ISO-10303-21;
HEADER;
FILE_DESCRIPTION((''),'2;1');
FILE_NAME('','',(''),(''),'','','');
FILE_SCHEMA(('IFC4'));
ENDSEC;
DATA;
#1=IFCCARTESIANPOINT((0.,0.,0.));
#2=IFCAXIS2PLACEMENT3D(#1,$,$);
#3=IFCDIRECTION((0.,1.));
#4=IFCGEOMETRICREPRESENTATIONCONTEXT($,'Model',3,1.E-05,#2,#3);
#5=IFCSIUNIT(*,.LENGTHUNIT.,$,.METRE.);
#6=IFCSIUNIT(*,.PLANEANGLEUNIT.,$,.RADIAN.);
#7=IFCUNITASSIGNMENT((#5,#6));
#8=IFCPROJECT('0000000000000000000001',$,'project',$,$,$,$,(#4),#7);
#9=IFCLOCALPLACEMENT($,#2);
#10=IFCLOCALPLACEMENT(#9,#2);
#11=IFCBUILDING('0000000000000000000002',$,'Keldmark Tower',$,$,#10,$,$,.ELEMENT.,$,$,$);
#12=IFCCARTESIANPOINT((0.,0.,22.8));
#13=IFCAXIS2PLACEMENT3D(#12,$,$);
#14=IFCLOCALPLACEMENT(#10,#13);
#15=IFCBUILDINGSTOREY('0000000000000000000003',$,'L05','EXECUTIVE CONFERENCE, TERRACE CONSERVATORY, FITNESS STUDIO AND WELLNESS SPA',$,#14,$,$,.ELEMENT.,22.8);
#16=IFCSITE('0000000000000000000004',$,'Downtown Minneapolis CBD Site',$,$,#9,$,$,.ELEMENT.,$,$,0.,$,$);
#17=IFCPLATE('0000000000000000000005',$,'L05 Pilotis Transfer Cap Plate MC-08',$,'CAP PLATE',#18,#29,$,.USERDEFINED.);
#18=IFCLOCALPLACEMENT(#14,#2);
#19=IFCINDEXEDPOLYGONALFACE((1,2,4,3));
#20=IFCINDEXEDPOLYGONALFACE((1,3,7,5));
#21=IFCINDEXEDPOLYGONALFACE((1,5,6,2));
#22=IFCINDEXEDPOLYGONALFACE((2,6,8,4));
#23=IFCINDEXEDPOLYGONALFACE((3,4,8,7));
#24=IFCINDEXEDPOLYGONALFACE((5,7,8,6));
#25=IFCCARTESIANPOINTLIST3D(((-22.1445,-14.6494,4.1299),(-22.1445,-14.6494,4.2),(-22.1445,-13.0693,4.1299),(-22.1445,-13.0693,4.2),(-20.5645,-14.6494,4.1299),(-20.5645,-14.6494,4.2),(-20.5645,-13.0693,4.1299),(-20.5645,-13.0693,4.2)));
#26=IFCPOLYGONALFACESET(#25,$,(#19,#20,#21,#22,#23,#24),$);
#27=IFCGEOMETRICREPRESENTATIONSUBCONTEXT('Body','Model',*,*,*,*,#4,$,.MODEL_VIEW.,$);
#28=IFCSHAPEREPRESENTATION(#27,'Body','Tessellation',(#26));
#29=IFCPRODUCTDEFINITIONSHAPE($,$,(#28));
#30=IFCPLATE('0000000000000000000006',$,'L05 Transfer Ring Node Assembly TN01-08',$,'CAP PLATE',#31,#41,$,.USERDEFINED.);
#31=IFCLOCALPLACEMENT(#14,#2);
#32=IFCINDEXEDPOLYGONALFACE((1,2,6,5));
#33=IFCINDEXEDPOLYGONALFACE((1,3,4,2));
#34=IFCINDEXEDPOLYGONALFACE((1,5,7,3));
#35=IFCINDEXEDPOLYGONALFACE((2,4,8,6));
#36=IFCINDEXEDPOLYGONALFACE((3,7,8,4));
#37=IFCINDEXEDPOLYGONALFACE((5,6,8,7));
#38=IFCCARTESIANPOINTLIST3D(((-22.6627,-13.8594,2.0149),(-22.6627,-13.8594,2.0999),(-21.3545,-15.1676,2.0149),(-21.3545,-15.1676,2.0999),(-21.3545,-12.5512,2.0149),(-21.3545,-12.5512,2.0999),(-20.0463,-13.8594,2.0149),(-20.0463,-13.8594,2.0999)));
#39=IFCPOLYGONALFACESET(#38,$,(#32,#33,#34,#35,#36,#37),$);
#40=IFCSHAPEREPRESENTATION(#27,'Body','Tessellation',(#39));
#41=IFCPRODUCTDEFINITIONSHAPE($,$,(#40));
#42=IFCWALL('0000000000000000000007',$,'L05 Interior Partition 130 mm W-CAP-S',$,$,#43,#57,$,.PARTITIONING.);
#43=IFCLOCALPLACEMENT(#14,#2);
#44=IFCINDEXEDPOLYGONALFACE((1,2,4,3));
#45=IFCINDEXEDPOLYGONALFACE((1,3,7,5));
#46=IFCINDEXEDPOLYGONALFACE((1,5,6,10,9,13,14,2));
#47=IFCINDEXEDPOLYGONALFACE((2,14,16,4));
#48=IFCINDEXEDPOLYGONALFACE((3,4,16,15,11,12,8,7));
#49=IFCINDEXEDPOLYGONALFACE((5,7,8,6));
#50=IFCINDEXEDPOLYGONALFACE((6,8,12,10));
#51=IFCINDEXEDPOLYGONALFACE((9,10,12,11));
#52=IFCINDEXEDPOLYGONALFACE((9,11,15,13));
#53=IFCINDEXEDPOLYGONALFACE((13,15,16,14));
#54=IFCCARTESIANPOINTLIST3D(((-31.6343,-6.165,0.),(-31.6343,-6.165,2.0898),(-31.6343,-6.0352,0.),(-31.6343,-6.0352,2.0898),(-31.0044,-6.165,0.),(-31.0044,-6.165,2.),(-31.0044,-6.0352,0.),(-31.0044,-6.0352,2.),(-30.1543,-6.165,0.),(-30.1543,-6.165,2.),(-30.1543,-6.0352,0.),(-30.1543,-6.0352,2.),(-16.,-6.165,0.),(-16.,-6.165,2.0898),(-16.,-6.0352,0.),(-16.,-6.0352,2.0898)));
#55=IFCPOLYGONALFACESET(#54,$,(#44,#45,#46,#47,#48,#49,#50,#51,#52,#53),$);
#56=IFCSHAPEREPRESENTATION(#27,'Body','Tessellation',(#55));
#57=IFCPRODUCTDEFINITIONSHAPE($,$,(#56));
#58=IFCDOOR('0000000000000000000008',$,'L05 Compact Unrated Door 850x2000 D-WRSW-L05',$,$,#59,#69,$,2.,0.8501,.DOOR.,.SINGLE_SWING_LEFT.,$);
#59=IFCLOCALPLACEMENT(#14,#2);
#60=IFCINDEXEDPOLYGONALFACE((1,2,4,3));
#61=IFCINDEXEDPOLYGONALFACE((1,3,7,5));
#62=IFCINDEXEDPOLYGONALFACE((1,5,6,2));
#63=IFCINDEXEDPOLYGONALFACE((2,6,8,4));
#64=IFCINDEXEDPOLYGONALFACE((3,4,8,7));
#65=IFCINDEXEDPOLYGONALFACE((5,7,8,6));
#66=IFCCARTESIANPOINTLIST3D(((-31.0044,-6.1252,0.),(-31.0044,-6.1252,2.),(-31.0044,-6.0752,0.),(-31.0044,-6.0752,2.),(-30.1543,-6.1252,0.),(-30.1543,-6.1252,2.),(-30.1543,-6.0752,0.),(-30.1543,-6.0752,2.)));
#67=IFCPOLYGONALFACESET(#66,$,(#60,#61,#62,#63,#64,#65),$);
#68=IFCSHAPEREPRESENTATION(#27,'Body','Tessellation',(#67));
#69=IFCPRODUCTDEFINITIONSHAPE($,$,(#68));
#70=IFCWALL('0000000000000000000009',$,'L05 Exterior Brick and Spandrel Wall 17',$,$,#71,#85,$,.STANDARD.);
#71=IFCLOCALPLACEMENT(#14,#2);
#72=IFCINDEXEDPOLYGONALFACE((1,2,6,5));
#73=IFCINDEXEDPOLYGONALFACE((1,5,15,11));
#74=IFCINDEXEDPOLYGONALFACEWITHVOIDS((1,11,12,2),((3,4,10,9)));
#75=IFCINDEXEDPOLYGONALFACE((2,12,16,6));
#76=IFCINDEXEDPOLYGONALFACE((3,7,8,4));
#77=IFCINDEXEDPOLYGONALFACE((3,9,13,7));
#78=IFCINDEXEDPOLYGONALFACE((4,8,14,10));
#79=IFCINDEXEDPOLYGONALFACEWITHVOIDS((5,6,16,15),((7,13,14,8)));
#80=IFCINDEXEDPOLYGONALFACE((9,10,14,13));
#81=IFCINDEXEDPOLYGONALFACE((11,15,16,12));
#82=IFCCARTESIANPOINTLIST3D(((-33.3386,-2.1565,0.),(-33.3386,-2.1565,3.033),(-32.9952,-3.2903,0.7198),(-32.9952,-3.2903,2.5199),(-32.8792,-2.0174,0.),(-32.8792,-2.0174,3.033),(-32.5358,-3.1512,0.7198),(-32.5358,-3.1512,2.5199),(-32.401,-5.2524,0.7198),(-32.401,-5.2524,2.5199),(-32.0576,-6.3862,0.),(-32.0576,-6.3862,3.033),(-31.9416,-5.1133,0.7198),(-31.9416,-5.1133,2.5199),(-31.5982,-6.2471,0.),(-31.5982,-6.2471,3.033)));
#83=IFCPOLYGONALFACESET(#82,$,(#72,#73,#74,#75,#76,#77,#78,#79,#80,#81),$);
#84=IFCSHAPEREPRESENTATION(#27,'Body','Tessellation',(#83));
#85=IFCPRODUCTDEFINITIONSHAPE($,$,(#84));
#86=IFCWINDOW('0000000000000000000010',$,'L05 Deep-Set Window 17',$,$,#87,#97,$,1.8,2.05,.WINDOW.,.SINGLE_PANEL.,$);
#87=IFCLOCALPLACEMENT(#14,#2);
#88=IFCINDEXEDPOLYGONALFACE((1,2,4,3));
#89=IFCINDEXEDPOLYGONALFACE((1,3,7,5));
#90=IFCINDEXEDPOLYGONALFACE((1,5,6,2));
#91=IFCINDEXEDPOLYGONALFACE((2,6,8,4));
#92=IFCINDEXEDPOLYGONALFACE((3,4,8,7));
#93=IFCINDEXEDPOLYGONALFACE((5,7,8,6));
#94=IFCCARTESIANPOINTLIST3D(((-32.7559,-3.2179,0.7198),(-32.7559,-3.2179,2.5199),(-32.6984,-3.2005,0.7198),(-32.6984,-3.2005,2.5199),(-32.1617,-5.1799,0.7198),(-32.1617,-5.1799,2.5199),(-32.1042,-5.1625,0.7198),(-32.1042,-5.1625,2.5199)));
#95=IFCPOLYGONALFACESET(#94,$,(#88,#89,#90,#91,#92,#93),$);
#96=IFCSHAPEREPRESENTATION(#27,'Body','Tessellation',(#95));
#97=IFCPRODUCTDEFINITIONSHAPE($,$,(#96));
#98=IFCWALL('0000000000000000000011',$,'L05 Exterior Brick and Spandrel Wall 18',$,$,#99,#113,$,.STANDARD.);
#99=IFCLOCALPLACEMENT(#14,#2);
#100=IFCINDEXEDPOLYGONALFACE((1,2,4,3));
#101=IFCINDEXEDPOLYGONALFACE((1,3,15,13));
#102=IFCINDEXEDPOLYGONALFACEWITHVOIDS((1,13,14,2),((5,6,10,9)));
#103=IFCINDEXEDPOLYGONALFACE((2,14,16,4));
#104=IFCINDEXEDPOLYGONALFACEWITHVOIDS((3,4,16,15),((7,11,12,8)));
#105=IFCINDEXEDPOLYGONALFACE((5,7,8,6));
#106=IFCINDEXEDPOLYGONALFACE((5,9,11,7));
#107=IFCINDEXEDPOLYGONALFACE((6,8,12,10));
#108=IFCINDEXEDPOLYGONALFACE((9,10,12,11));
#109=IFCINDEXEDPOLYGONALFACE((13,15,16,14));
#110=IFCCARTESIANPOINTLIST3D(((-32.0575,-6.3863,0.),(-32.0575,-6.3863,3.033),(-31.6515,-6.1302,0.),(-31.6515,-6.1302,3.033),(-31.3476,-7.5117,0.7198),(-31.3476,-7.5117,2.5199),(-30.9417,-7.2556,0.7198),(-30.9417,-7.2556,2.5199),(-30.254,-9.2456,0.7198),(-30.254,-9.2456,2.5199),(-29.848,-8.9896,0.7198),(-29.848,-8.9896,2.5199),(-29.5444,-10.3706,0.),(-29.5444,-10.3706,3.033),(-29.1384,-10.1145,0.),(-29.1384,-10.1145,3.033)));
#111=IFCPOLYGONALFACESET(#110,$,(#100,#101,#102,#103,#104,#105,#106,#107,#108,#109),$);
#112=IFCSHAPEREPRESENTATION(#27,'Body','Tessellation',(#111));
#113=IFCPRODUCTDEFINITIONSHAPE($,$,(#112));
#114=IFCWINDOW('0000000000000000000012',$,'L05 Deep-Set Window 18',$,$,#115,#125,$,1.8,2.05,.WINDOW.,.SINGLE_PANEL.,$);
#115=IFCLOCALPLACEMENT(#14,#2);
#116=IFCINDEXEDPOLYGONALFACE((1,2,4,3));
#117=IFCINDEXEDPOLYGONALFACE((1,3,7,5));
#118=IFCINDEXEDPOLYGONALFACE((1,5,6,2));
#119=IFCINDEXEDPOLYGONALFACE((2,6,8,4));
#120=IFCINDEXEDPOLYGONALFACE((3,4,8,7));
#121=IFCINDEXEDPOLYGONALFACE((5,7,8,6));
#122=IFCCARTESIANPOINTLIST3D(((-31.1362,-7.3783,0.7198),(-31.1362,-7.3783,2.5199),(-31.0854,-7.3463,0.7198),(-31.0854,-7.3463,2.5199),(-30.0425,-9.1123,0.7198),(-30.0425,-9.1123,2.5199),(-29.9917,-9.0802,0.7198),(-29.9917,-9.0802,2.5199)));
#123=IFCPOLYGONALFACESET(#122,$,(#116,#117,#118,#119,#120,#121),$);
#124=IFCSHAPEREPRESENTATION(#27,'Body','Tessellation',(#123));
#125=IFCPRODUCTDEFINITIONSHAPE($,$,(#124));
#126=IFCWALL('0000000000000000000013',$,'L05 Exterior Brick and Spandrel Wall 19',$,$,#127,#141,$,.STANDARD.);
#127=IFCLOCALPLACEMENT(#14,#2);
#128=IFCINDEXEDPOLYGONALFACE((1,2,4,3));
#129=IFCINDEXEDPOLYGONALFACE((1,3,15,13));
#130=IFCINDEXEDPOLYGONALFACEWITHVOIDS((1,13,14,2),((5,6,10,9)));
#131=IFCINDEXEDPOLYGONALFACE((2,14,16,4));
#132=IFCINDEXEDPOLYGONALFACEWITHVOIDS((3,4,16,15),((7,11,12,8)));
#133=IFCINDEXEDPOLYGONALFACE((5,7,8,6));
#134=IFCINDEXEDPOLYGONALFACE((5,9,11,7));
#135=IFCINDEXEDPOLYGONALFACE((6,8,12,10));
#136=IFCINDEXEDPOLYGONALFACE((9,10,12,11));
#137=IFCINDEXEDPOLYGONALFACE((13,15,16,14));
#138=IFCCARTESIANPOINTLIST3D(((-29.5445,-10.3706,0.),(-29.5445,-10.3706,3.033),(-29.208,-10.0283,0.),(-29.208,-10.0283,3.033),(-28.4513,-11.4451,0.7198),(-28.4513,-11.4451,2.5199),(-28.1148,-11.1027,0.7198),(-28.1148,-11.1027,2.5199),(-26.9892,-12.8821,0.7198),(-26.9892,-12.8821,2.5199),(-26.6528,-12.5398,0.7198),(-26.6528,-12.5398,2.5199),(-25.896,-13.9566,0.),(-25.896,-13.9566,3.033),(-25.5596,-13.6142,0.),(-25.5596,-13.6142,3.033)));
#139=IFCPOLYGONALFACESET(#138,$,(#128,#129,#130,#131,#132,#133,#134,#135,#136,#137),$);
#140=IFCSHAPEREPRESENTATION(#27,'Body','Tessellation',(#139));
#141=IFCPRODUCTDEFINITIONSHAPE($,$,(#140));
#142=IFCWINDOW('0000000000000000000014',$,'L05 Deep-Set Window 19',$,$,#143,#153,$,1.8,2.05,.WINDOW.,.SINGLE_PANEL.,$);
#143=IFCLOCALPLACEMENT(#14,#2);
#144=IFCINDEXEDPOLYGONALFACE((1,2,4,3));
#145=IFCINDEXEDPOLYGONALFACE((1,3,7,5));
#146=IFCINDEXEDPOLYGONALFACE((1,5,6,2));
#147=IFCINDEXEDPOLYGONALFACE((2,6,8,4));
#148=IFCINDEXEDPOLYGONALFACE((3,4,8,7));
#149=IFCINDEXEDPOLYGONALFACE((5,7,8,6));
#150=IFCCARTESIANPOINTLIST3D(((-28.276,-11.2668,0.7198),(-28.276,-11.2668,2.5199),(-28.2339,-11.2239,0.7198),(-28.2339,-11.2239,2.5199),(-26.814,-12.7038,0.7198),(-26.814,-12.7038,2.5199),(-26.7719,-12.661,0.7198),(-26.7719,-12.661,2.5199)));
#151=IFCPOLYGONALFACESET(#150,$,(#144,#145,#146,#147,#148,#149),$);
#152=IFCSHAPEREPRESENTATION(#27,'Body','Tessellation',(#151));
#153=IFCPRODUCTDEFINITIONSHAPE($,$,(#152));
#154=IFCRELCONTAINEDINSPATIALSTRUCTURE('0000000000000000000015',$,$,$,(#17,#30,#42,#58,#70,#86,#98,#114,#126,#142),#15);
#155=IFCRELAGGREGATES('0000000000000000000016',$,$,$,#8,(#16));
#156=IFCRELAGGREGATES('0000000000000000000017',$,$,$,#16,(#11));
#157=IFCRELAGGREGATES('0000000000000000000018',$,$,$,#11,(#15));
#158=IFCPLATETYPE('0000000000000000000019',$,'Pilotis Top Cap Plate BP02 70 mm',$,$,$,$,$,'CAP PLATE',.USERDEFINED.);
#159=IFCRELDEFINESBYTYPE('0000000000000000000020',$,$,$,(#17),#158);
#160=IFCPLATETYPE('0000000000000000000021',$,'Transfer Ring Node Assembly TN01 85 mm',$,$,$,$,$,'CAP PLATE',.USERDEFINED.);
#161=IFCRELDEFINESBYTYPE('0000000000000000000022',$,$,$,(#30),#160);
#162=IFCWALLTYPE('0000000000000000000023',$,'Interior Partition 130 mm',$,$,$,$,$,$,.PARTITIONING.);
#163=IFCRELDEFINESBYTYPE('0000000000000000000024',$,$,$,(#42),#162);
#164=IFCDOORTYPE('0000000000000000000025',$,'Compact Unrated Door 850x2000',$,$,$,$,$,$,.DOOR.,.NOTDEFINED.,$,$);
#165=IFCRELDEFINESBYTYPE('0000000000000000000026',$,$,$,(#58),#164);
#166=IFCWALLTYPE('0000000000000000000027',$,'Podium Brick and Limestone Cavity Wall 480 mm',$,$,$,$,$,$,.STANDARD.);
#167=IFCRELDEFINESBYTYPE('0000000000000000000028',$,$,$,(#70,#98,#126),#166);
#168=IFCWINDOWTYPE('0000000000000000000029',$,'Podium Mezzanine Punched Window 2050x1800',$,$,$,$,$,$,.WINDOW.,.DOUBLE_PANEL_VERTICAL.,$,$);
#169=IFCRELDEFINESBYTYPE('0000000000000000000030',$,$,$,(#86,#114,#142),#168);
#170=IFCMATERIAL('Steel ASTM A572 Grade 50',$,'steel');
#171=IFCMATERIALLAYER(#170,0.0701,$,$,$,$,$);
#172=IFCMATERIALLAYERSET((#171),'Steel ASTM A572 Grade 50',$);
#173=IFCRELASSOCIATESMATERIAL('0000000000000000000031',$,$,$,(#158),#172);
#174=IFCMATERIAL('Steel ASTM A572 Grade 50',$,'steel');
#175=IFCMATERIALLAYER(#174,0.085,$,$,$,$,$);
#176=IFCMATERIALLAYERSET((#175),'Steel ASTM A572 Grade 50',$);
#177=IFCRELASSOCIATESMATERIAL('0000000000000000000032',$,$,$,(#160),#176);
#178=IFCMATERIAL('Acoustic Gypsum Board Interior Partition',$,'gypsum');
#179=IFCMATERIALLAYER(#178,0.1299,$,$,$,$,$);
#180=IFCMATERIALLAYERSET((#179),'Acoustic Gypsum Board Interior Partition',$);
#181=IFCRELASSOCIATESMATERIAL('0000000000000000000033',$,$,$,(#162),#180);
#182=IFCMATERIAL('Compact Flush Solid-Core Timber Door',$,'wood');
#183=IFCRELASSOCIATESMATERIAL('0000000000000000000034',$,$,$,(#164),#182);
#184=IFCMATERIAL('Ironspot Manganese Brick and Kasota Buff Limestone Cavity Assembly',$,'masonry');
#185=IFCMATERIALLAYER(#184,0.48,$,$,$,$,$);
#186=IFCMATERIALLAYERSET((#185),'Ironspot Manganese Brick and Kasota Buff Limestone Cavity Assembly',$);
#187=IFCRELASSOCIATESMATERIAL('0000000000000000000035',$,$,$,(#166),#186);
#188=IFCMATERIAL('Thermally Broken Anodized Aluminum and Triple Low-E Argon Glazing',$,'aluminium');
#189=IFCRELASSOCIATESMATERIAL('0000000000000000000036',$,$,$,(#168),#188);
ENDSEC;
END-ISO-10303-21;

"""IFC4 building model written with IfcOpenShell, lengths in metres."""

from ifc_helpers import new_model, si_unit, direction, frame, frame_2d, origin, origin_2d, place, context, subcontext, project, spatial, rectangle, extrude, material, layer, layer_set, type_object, element, fill, save


model = new_model("IFC4")

# Units and contexts
model_context = context("Model", 3, precision=1e-05, world=origin(), true_north=direction((0.0, 1.0)))
body_context = subcontext(model_context, "Body", "Model", "MODEL_VIEW")
ifc_project = project(units=[si_unit("LENGTHUNIT", "METRE"), si_unit("PLANEANGLEUNIT", "RADIAN")], contexts=[model_context])

# Site, building, storey
site_placement = place(None, origin())
site = spatial("IfcSite", under=ifc_project, at=site_placement, Name="Downtown Minneapolis CBD Site", CompositionType="ELEMENT", RefElevation=0.0)
building_placement = place(site_placement, origin())
building = spatial("IfcBuilding", under=site, at=building_placement, Name="Keldmark Tower", CompositionType="ELEMENT")
storey_placement = place(building_placement, frame((0.0, 0.0, 22.8)))
storey = spatial("IfcBuildingStorey", under=building, at=storey_placement, Name="L05", Description="EXECUTIVE CONFERENCE, TERRACE CONSERVATORY, FITNESS STUDIO AND WELLNESS SPA", CompositionType="ELEMENT", Elevation=22.8)

# Plates
ifc_material_1 = material(Name="Steel ASTM A572 Grade 50", Category="steel")
ifc_layer_1 = layer(ifc_material_1, 0.0701)
ifc_layer_set_1 = layer_set([ifc_layer_1], Name="Steel ASTM A572 Grade 50")
plate_type_1 = type_object("IfcPlateType", Name="Pilotis Top Cap Plate BP02 70 mm", ElementType="CAP PLATE", PredefinedType="USERDEFINED", material=ifc_layer_set_1)
plate_1_placement = place(storey_placement, frame((-21.3545, -13.8594, 4.1299), z_axis=(0.0, 0.0, 1.0), x_axis=(1.0, 0.0, 0.0)))
element("IfcPlate", 1, at=plate_1_placement, inside=storey, type_object=plate_type_1, Name="L05 Pilotis Transfer Cap Plate MC-08", ObjectType="CAP PLATE", PredefinedType="USERDEFINED", context=body_context, shape_type="SweptSolid", body=[
    extrude(rectangle(XDim=1.5801, YDim=1.5801, at=origin_2d()), origin(), (0.0, 0.0, 1.0), 0.0701),
])
ifc_material_2 = material(Name="Steel ASTM A572 Grade 50", Category="steel")
ifc_layer_2 = layer(ifc_material_2, 0.085)
ifc_layer_set_2 = layer_set([ifc_layer_2], Name="Steel ASTM A572 Grade 50")
plate_type_2 = type_object("IfcPlateType", Name="Transfer Ring Node Assembly TN01 85 mm", ElementType="CAP PLATE", PredefinedType="USERDEFINED", material=ifc_layer_set_2)
plate_2_placement = place(storey_placement, frame((-21.3545, -13.8594, 2.0149), z_axis=(0.0, 0.0, 1.0), x_axis=(-0.707107, -0.707107, 0.0)))
element("IfcPlate", 2, at=plate_2_placement, inside=storey, type_object=plate_type_2, Name="L05 Transfer Ring Node Assembly TN01-08", ObjectType="CAP PLATE", PredefinedType="USERDEFINED", context=body_context, shape_type="SweptSolid", body=[
    extrude(rectangle(XDim=1.8501, YDim=1.8501, at=origin_2d()), origin(), (0.0, 0.0, 1.0), 0.085),
])

# Wall, opening, door
ifc_material_3 = material(Name="Acoustic Gypsum Board Interior Partition", Category="gypsum")
ifc_layer_3 = layer(ifc_material_3, 0.1299)
ifc_layer_set_3 = layer_set([ifc_layer_3], Name="Acoustic Gypsum Board Interior Partition")
wall_type_1 = type_object("IfcWallType", Name="Interior Partition 130 mm", PredefinedType="PARTITIONING", material=ifc_layer_set_3)
wall_1_placement = place(storey_placement, frame((-31.6343, -6.1001, 0.0), z_axis=(0.0, 0.0, 1.0), x_axis=(1.0, 0.0, 0.0)))
wall_1 = element("IfcWall", 3, at=wall_1_placement, inside=storey, type_object=wall_type_1, Name="L05 Interior Partition 130 mm W-CAP-S", PredefinedType="PARTITIONING", context=body_context, shape_type="SweptSolid", body=[
    extrude(rectangle(XDim=15.6343, YDim=0.1299, at=frame_2d((7.8171, 0.0))), origin(), (0.0, 0.0, 1.0), 2.0898),
])
opening_1_placement = place(wall_1_placement, frame((0.6299, 0.0, 0.0)))
opening_1 = element("IfcOpeningElement", 4, at=opening_1_placement, cuts=wall_1, PredefinedType="OPENING", context=body_context, shape_type="SweptSolid", body=[
    extrude(rectangle(XDim=0.8501, YDim=2.0, at=frame_2d((0.425, 1.0))), frame((0.0, 0.075, 0.0), z_axis=(0.0, -1.0, 0.0), x_axis=(1.0, 0.0, 0.0)), (0.0, 0.0, 1.0), 0.1499),
])
ifc_material_4 = material(Name="Compact Flush Solid-Core Timber Door", Category="wood")
door_type = type_object("IfcDoorType", Name="Compact Unrated Door 850x2000", OperationType="NOTDEFINED", PredefinedType="DOOR", material=ifc_material_4)
door_placement = place(opening_1_placement, origin())
door = element("IfcDoor", 5, at=door_placement, inside=storey, type_object=door_type, Name="L05 Compact Unrated Door 850x2000 D-WRSW-L05", OperationType="SINGLE_SWING_LEFT", OverallHeight=2.0, OverallWidth=0.8501, PredefinedType="DOOR", context=body_context, shape_type="SweptSolid", body=[
    extrude(rectangle(XDim=0.8501, YDim=2.0, at=frame_2d((0.425, 1.0))), frame((0.0, 0.0249, 0.0), z_axis=(0.0, -1.0, 0.0), x_axis=(1.0, 0.0, 0.0)), (0.0, 0.0, 1.0), 0.05),
])
fill(opening_1, door)

# Walls, openings, windows
ifc_material_5 = material(Name="Ironspot Manganese Brick and Kasota Buff Limestone Cavity Assembly", Category="masonry")
ifc_layer_4 = layer(ifc_material_5, 0.48)
ifc_layer_set_4 = layer_set([ifc_layer_4], Name="Ironspot Manganese Brick and Kasota Buff Limestone Cavity Assembly")
wall_type_2 = type_object("IfcWallType", Name="Podium Brick and Limestone Cavity Wall 480 mm", PredefinedType="STANDARD", material=ifc_layer_set_4)
wall_2_placement = place(storey_placement, frame((-31.8279, -6.3167, 0.0), z_axis=(0.0, 0.0, 1.0), x_axis=(-0.289856, 0.95707, 0.0)))
wall_2 = element("IfcWall", 6, at=wall_2_placement, inside=storey, type_object=wall_type_2, Name="L05 Exterior Brick and Spandrel Wall 17", PredefinedType="STANDARD", context=body_context, shape_type="SweptSolid", body=[
    extrude(rectangle(XDim=4.4194, YDim=0.48, at=frame_2d((2.2097, 0.0))), origin(), (0.0, 0.0, 1.0), 3.033),
])
opening_2_placement = place(wall_2_placement, frame((1.1848, 0.0, 0.72)))
opening_2 = element("IfcOpeningElement", 7, at=opening_2_placement, cuts=wall_2, PredefinedType="OPENING", context=body_context, shape_type="SweptSolid", body=[
    extrude(rectangle(XDim=2.05, YDim=1.8, at=frame_2d((1.0249, 0.8999))), frame((0.0, 0.25, 0.0), z_axis=(0.0, -1.0, 0.0), x_axis=(1.0, 0.0, 0.0)), (0.0, 0.0, 1.0), 0.5),
])
ifc_material_6 = material(Name="Thermally Broken Anodized Aluminum and Triple Low-E Argon Glazing", Category="aluminium")
window_type = type_object("IfcWindowType", Name="Podium Mezzanine Punched Window 2050x1800", PartitioningType="DOUBLE_PANEL_VERTICAL", PredefinedType="WINDOW", material=ifc_material_6)
window_1_placement = place(opening_2_placement, origin())
window_1 = element("IfcWindow", 8, at=window_1_placement, inside=storey, type_object=window_type, Name="L05 Deep-Set Window 17", OverallHeight=1.8, OverallWidth=2.05, PartitioningType="SINGLE_PANEL", PredefinedType="WINDOW", context=body_context, shape_type="SweptSolid", body=[
    extrude(rectangle(XDim=2.05, YDim=1.8, at=frame_2d((1.0249, 0.8999))), frame((0.0, -0.01, 0.0), z_axis=(0.0, -1.0, 0.0), x_axis=(1.0, 0.0, 0.0)), (0.0, 0.0, 1.0), 0.0601),
])
fill(opening_2, window_1)
wall_3_placement = place(storey_placement, frame((-29.3413, -10.2427, 0.0), z_axis=(0.0, 0.0, 1.0), x_axis=(-0.533498, 0.845802, 0.0)))
wall_3 = element("IfcWall", 9, at=wall_3_placement, inside=storey, type_object=wall_type_2, Name="L05 Exterior Brick and Spandrel Wall 18", PredefinedType="STANDARD", context=body_context, shape_type="SweptSolid", body=[
    extrude(rectangle(XDim=4.7107, YDim=0.48, at=frame_2d((2.3555, 0.0))), origin(), (0.0, 0.0, 1.0), 3.033),
])
opening_3_placement = place(wall_3_placement, frame((1.3303, 0.0, 0.72)))
opening_3 = element("IfcOpeningElement", 10, at=opening_3_placement, cuts=wall_3, PredefinedType="OPENING", context=body_context, shape_type="SweptSolid", body=[
    extrude(rectangle(XDim=2.05, YDim=1.8, at=frame_2d((1.0249, 0.8999))), frame((0.0, 0.25, 0.0), z_axis=(0.0, -1.0, 0.0), x_axis=(1.0, 0.0, 0.0)), (0.0, 0.0, 1.0), 0.5),
])
window_2_placement = place(opening_3_placement, origin())
window_2 = element("IfcWindow", 11, at=window_2_placement, inside=storey, type_object=window_type, Name="L05 Deep-Set Window 18", OverallHeight=1.8, OverallWidth=2.05, PartitioningType="SINGLE_PANEL", PredefinedType="WINDOW", context=body_context, shape_type="SweptSolid", body=[
    extrude(rectangle(XDim=2.05, YDim=1.8, at=frame_2d((1.0249, 0.8999))), frame((0.0, -0.01, 0.0), z_axis=(0.0, -1.0, 0.0), x_axis=(1.0, 0.0, 0.0)), (0.0, 0.0, 1.0), 0.0601),
])
fill(opening_3, window_2)
wall_4_placement = place(storey_placement, frame((-25.7278, -13.7854, 0.0), z_axis=(0.0, 0.0, 1.0), x_axis=(-0.713189, 0.700972, 0.0)))
wall_4 = element("IfcWall", 12, at=wall_4_placement, inside=storey, type_object=wall_type_2, Name="L05 Exterior Brick and Spandrel Wall 19", PredefinedType="STANDARD", context=body_context, shape_type="SweptSolid", body=[
    extrude(rectangle(XDim=5.1157, YDim=0.48, at=frame_2d((2.5579, 0.0))), origin(), (0.0, 0.0, 1.0), 3.033),
])
opening_4_placement = place(wall_4_placement, frame((1.533, 0.0, 0.72)))
opening_4 = element("IfcOpeningElement", 13, at=opening_4_placement, cuts=wall_4, PredefinedType="OPENING", context=body_context, shape_type="SweptSolid", body=[
    extrude(rectangle(XDim=2.05, YDim=1.8, at=frame_2d((1.0249, 0.8999))), frame((0.0, 0.25, 0.0), z_axis=(0.0, -1.0, 0.0), x_axis=(1.0, 0.0, 0.0)), (0.0, 0.0, 1.0), 0.5),
])
window_3_placement = place(opening_4_placement, origin())
window_3 = element("IfcWindow", 14, at=window_3_placement, inside=storey, type_object=window_type, Name="L05 Deep-Set Window 19", OverallHeight=1.8, OverallWidth=2.05, PartitioningType="SINGLE_PANEL", PredefinedType="WINDOW", context=body_context, shape_type="SweptSolid", body=[
    extrude(rectangle(XDim=2.05, YDim=1.8, at=frame_2d((1.0249, 0.8999))), frame((0.0, -0.01, 0.0), z_axis=(0.0, -1.0, 0.0), x_axis=(1.0, 0.0, 0.0)), (0.0, 0.0, 1.0), 0.0601),
])
fill(opening_4, window_3)

save(model, "model.ifc")
